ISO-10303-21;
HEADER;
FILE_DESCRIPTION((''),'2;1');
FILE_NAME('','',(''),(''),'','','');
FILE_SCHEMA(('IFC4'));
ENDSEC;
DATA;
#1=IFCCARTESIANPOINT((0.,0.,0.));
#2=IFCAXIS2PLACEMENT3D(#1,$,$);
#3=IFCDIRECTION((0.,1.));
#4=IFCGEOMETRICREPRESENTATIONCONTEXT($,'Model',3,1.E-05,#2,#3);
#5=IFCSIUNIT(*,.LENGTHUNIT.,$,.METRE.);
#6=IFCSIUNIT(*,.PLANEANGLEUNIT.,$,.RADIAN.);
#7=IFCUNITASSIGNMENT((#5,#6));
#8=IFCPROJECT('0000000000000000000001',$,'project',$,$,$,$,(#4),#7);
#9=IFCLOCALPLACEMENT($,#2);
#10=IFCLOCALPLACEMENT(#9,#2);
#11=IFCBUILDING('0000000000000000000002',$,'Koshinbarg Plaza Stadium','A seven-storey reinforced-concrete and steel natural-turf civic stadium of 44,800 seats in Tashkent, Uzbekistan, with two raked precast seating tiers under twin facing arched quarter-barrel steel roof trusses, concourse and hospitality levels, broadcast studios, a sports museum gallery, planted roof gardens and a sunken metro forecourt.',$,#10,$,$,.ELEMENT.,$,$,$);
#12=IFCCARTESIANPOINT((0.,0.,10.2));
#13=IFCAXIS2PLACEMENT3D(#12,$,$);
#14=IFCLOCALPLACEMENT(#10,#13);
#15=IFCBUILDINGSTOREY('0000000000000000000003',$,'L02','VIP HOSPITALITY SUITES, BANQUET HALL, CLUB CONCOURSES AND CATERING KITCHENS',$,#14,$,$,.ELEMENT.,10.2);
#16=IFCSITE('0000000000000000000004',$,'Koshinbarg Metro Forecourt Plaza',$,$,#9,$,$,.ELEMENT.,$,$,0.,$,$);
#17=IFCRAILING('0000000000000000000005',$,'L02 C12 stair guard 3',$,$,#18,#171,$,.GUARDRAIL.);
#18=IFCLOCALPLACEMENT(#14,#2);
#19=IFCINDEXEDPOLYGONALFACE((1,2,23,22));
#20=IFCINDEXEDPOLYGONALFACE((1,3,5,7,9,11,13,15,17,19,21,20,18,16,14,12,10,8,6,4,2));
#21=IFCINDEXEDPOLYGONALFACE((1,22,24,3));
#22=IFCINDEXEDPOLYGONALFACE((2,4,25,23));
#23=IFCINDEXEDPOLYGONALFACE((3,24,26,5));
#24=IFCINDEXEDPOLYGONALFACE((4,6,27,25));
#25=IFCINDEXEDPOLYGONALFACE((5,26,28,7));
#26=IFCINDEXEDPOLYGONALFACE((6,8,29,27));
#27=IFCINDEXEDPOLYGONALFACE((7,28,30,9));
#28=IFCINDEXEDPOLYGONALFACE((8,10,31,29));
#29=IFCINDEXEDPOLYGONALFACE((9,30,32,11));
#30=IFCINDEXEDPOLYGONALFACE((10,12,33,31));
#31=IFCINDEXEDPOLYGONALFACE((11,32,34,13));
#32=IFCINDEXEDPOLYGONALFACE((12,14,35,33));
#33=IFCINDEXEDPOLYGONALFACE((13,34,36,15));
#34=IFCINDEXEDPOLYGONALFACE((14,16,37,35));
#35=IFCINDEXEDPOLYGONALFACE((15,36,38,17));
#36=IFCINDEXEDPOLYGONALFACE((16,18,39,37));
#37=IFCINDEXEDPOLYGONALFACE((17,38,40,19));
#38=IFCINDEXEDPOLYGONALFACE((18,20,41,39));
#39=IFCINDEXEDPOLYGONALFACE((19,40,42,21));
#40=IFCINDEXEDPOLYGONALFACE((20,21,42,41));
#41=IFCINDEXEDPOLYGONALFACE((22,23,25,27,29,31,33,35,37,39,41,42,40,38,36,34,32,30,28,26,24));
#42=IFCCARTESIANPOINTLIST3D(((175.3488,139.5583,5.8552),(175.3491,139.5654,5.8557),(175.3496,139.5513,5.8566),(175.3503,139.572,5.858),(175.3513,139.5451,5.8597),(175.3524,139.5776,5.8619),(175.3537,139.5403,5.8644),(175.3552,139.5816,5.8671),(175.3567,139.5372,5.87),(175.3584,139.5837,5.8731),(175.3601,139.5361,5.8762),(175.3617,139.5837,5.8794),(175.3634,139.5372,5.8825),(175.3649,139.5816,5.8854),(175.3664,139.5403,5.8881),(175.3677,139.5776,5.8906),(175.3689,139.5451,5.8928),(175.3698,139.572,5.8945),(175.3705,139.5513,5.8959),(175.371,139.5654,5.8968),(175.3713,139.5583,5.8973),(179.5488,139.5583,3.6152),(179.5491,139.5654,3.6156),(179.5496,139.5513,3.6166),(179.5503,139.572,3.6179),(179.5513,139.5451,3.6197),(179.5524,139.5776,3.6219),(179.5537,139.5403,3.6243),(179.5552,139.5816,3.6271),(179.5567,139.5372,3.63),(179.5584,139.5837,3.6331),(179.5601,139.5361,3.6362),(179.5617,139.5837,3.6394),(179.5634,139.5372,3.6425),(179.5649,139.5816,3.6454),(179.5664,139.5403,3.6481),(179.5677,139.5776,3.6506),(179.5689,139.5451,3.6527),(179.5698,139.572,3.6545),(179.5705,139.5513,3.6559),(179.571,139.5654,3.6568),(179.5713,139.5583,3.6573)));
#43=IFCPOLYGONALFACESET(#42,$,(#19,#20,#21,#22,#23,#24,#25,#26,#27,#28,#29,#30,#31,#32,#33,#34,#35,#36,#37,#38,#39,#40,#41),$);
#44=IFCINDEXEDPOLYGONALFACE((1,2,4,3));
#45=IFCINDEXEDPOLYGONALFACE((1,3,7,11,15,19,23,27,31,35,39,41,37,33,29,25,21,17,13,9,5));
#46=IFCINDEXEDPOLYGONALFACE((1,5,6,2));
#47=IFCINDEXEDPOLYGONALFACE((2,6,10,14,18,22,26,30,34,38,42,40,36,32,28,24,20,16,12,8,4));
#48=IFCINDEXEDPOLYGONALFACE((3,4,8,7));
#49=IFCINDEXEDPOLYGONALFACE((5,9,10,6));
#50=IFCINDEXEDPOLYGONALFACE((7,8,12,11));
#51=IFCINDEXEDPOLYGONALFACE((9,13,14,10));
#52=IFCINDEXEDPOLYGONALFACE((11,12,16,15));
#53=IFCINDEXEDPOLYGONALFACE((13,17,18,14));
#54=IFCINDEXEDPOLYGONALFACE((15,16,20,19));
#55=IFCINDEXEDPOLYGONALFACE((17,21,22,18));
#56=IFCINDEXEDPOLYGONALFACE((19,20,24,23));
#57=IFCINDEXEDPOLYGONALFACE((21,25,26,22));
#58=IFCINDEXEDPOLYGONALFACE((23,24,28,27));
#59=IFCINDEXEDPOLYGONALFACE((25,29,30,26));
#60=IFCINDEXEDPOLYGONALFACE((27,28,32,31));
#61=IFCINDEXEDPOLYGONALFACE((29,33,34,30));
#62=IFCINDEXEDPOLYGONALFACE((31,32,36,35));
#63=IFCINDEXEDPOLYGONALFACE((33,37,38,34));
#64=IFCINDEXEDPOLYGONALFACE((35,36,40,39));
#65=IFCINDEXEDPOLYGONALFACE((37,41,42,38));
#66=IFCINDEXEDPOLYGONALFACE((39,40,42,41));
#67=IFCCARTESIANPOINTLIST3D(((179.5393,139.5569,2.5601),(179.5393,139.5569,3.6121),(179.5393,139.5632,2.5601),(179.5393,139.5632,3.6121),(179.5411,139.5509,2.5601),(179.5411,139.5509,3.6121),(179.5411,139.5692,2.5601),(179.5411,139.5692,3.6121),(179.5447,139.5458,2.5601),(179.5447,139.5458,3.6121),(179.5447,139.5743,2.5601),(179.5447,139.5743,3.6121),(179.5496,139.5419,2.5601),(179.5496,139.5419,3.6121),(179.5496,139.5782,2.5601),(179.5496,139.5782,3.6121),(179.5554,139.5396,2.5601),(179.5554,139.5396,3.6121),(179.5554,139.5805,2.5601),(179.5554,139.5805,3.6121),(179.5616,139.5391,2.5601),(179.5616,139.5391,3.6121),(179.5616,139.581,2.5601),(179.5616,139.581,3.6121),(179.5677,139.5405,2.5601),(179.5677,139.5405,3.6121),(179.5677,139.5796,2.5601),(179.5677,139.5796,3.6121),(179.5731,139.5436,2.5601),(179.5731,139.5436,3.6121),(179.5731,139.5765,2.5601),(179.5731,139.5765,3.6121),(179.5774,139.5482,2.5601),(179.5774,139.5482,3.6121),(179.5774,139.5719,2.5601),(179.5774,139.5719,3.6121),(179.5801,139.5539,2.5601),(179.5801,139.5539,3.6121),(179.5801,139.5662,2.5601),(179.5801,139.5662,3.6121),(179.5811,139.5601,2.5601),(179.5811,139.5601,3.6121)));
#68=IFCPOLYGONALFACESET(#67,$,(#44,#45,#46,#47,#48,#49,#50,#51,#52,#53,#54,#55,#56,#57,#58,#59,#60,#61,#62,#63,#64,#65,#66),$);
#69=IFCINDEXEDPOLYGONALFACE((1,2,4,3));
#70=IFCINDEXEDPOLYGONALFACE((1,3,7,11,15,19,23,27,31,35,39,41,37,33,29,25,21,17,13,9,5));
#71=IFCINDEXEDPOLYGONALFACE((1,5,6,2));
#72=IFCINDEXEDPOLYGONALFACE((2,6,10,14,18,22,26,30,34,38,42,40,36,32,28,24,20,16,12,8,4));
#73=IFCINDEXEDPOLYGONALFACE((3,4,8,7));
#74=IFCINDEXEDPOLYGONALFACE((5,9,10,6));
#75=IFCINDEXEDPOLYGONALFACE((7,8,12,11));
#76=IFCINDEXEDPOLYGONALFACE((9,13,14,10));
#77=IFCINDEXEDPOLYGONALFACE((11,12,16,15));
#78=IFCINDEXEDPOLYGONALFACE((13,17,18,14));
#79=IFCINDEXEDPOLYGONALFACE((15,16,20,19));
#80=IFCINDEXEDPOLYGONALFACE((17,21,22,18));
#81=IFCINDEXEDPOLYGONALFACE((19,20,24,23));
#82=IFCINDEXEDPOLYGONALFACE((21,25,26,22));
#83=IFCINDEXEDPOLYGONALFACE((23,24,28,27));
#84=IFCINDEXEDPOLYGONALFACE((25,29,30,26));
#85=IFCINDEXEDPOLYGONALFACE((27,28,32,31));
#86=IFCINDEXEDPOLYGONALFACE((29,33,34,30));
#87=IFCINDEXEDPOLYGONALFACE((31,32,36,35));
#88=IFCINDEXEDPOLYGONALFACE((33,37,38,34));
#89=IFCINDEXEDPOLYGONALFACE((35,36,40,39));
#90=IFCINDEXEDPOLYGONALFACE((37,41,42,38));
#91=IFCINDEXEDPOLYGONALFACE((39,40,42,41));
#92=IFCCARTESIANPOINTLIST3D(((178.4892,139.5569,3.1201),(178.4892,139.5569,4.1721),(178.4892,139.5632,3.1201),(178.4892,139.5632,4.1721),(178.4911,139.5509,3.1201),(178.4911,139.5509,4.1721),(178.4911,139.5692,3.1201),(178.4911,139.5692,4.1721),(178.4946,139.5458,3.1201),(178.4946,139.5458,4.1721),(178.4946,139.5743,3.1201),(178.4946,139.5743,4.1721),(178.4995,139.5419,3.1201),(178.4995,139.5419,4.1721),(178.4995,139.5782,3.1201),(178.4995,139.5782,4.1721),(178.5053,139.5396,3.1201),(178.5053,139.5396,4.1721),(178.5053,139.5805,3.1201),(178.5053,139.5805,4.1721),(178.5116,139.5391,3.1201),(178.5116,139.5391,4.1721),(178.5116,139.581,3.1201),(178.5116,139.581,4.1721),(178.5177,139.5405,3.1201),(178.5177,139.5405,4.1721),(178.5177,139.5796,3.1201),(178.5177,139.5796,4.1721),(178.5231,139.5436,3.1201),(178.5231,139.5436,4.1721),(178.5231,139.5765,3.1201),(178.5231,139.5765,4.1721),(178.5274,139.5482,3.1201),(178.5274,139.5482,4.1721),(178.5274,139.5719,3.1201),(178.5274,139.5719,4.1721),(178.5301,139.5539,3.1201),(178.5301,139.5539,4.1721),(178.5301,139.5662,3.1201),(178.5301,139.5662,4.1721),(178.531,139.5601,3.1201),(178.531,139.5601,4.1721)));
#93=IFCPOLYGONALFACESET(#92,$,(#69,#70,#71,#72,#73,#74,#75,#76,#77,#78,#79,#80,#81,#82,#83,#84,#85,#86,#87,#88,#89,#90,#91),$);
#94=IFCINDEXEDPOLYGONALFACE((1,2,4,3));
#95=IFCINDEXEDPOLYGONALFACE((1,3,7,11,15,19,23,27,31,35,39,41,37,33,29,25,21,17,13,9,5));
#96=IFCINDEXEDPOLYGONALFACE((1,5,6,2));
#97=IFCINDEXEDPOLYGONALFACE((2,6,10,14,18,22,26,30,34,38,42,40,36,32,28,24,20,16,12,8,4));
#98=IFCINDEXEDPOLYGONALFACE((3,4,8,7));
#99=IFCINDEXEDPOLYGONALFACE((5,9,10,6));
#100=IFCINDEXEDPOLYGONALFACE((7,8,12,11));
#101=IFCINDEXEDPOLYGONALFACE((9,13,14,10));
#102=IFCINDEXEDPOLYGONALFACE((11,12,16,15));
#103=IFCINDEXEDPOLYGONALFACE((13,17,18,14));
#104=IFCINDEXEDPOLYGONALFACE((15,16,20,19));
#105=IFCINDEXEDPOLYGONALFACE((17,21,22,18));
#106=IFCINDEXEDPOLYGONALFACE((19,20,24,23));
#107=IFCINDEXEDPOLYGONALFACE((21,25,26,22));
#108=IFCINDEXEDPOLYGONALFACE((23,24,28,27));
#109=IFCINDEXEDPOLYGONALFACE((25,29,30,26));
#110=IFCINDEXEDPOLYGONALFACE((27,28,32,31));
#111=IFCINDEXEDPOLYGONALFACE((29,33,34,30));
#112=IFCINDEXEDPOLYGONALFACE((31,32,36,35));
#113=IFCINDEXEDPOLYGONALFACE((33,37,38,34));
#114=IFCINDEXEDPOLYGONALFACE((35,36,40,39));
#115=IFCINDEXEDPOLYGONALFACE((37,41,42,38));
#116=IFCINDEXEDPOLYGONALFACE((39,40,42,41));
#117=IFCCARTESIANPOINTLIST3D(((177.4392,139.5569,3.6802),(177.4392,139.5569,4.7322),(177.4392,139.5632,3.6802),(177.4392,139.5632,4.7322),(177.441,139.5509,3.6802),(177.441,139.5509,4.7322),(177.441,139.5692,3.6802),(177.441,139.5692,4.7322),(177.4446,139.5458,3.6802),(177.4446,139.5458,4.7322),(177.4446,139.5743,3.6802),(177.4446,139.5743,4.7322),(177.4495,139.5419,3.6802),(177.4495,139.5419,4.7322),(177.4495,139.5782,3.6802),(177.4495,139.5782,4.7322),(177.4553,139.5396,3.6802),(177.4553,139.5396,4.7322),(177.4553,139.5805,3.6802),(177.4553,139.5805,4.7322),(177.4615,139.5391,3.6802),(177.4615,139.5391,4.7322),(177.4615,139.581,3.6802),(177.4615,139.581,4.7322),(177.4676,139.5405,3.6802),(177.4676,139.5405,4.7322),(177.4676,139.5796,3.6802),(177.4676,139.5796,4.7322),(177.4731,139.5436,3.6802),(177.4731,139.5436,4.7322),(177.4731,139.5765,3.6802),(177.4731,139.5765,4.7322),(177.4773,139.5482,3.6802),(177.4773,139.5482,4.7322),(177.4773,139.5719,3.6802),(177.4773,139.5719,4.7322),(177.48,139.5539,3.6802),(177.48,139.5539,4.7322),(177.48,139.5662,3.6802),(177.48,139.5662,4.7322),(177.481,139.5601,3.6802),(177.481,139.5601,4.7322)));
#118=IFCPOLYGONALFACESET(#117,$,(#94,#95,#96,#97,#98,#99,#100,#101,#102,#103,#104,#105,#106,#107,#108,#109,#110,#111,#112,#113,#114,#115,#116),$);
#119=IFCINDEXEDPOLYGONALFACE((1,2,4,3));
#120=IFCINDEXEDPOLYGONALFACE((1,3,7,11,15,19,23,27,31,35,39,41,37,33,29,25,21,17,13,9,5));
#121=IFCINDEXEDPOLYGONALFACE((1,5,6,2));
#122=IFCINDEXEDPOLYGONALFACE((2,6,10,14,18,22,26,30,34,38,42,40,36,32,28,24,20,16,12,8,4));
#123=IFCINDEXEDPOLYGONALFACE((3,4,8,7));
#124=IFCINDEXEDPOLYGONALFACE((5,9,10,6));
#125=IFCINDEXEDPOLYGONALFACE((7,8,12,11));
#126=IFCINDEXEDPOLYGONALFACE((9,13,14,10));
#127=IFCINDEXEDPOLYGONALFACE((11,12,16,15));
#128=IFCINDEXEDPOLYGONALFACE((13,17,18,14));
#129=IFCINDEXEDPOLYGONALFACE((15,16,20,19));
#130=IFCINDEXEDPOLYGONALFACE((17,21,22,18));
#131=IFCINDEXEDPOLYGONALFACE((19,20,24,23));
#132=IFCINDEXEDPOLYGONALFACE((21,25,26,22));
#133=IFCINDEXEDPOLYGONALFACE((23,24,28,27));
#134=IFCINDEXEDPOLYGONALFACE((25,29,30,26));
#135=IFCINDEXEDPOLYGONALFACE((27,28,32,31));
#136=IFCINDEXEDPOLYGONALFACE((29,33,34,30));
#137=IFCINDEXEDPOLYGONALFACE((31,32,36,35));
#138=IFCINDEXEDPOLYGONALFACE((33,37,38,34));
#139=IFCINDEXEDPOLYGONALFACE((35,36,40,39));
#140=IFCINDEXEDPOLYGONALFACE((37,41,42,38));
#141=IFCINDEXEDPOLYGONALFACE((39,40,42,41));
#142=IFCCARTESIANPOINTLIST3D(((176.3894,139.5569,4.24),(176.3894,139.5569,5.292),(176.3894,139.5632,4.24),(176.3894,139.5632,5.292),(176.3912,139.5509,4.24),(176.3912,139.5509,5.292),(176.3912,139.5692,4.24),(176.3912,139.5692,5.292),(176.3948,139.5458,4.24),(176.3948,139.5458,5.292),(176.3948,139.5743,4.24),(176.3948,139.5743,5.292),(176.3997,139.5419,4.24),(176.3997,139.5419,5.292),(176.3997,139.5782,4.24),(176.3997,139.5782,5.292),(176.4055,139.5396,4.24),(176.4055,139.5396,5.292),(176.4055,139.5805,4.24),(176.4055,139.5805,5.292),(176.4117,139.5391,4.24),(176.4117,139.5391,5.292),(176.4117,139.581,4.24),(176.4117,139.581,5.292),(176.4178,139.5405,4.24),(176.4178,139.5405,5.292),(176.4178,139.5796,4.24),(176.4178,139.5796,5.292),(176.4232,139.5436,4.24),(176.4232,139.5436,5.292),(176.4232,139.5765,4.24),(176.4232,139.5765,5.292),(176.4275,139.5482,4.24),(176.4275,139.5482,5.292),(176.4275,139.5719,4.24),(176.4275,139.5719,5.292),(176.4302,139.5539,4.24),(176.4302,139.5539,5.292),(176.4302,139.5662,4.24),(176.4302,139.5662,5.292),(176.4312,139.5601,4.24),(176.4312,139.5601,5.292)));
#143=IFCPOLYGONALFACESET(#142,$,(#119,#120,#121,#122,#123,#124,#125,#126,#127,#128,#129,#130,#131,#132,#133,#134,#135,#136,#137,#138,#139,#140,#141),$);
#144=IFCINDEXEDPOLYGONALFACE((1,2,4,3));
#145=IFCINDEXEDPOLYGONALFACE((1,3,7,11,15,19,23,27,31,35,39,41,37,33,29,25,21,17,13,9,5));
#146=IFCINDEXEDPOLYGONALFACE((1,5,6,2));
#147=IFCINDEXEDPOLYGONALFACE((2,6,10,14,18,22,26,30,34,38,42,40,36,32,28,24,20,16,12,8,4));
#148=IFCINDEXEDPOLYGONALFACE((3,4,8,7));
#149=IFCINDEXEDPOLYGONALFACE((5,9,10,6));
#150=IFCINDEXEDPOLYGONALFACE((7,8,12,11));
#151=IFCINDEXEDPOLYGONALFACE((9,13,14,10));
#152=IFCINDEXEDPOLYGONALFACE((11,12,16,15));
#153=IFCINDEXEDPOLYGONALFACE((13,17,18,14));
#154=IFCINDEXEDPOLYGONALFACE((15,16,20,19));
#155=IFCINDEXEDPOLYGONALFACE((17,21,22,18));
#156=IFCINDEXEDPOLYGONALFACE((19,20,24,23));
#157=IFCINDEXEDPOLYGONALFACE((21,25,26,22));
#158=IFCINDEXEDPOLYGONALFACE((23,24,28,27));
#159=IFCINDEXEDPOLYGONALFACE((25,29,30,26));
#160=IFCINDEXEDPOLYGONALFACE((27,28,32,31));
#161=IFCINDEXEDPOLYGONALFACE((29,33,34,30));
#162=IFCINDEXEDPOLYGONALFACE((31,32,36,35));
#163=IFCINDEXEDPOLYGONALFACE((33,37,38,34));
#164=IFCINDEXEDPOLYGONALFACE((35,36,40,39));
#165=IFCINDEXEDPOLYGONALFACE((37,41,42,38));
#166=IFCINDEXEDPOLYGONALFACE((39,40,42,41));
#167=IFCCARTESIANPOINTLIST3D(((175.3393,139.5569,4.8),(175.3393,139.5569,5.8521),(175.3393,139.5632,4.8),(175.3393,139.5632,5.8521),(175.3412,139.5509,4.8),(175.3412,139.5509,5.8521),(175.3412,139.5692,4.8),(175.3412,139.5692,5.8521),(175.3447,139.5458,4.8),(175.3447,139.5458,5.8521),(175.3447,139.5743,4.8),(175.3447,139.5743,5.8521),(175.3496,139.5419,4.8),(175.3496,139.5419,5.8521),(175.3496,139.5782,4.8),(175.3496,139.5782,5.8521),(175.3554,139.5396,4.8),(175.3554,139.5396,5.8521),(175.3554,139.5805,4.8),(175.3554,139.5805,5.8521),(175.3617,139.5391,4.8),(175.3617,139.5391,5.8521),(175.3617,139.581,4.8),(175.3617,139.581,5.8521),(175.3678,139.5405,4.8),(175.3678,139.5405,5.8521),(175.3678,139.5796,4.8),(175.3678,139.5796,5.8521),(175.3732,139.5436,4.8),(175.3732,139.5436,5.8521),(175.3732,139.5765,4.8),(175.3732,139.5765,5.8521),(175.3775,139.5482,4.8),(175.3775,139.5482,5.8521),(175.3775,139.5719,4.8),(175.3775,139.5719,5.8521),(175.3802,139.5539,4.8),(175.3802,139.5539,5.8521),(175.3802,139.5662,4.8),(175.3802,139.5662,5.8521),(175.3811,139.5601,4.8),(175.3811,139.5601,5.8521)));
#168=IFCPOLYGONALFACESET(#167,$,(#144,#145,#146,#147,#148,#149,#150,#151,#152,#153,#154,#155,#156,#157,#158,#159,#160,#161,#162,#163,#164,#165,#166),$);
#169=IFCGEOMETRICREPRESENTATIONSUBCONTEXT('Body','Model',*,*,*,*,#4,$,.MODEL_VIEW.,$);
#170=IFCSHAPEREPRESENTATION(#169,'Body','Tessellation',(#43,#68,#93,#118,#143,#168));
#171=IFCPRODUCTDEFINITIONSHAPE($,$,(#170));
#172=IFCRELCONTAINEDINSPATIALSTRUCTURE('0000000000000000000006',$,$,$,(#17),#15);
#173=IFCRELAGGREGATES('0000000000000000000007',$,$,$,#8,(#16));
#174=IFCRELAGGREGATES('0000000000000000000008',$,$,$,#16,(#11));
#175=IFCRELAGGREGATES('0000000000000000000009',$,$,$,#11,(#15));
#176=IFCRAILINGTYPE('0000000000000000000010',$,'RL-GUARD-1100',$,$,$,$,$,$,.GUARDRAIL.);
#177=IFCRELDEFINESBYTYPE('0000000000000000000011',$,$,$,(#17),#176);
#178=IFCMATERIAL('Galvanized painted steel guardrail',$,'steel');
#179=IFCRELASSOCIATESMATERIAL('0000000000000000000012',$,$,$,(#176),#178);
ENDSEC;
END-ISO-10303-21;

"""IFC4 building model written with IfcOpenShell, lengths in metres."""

from ifc_helpers import new_model, si_unit, direction, frame, origin, origin_2d, place, context, subcontext, project, spatial, circle, extrude, material, type_object, element, save


model = new_model("IFC4")

# Units and contexts
model_context = context("Model", 3, precision=1e-05, world=origin(), true_north=direction((0.0, 1.0)))
body_context = subcontext(model_context, "Body", "Model", "MODEL_VIEW")
ifc_project = project(units=[si_unit("LENGTHUNIT", "METRE"), si_unit("PLANEANGLEUNIT", "RADIAN")], contexts=[model_context])

# Site, building, storey
site_placement = place(None, origin())
site = spatial("IfcSite", under=ifc_project, at=site_placement, Name="Koshinbarg Metro Forecourt Plaza", CompositionType="ELEMENT", RefElevation=0.0)
building_placement = place(site_placement, origin())
building = spatial("IfcBuilding", under=site, at=building_placement, Name="Koshinbarg Plaza Stadium", Description="A seven-storey reinforced-concrete and steel natural-turf civic stadium of 44,800 seats in Tashkent, Uzbekistan, with two raked precast seating tiers under twin facing arched quarter-barrel steel roof trusses, concourse and hospitality levels, broadcast studios, a sports museum gallery, planted roof gardens and a sunken metro forecourt.", CompositionType="ELEMENT")
storey_placement = place(building_placement, frame((0.0, 0.0, 10.2)))
storey = spatial("IfcBuildingStorey", under=building, at=storey_placement, Name="L02", Description="VIP HOSPITALITY SUITES, BANQUET HALL, CLUB CONCOURSES AND CATERING KITCHENS", CompositionType="ELEMENT", Elevation=10.2)

# Railing
ifc_material_1 = material(Name="Galvanized painted steel guardrail", Category="steel")
railing_type_1 = type_object("IfcRailingType", Name="RL-GUARD-1100", PredefinedType="GUARDRAIL", material=ifc_material_1)
railing_1_placement = place(storey_placement, frame((179.5601, 139.5601, 2.5601)))
element("IfcRailing", 1, at=railing_1_placement, inside=storey, type_object=railing_type_1, Name="L02 C12 stair guard 3", PredefinedType="GUARDRAIL", context=body_context, shape_type="SweptSolid", body=[
    extrude(circle(Radius=0.0239, at=origin_2d()), frame((0.0, 0.0, 1.0762), z_axis=(-0.882352, 0.0, 0.470591), x_axis=(0.0, -1.0, 0.0)), (0.0, 0.0, 1.0), 4.76),
    extrude(circle(Radius=0.021, at=origin_2d()), origin(), (0.0, 0.0, 1.0), 1.052),
    extrude(circle(Radius=0.021, at=origin_2d()), frame((-1.05, 0.0, 0.5601)), (0.0, 0.0, 1.0), 1.052),
    extrude(circle(Radius=0.021, at=origin_2d()), frame((-2.1001, 0.0, 1.1201)), (0.0, 0.0, 1.0), 1.052),
    extrude(circle(Radius=0.021, at=origin_2d()), frame((-3.1499, 0.0, 1.6799)), (0.0, 0.0, 1.0), 1.052),
    extrude(circle(Radius=0.021, at=origin_2d()), frame((-4.2, 0.0, 2.24)), (0.0, 0.0, 1.0), 1.052),
])

save(model, "model.ifc")
